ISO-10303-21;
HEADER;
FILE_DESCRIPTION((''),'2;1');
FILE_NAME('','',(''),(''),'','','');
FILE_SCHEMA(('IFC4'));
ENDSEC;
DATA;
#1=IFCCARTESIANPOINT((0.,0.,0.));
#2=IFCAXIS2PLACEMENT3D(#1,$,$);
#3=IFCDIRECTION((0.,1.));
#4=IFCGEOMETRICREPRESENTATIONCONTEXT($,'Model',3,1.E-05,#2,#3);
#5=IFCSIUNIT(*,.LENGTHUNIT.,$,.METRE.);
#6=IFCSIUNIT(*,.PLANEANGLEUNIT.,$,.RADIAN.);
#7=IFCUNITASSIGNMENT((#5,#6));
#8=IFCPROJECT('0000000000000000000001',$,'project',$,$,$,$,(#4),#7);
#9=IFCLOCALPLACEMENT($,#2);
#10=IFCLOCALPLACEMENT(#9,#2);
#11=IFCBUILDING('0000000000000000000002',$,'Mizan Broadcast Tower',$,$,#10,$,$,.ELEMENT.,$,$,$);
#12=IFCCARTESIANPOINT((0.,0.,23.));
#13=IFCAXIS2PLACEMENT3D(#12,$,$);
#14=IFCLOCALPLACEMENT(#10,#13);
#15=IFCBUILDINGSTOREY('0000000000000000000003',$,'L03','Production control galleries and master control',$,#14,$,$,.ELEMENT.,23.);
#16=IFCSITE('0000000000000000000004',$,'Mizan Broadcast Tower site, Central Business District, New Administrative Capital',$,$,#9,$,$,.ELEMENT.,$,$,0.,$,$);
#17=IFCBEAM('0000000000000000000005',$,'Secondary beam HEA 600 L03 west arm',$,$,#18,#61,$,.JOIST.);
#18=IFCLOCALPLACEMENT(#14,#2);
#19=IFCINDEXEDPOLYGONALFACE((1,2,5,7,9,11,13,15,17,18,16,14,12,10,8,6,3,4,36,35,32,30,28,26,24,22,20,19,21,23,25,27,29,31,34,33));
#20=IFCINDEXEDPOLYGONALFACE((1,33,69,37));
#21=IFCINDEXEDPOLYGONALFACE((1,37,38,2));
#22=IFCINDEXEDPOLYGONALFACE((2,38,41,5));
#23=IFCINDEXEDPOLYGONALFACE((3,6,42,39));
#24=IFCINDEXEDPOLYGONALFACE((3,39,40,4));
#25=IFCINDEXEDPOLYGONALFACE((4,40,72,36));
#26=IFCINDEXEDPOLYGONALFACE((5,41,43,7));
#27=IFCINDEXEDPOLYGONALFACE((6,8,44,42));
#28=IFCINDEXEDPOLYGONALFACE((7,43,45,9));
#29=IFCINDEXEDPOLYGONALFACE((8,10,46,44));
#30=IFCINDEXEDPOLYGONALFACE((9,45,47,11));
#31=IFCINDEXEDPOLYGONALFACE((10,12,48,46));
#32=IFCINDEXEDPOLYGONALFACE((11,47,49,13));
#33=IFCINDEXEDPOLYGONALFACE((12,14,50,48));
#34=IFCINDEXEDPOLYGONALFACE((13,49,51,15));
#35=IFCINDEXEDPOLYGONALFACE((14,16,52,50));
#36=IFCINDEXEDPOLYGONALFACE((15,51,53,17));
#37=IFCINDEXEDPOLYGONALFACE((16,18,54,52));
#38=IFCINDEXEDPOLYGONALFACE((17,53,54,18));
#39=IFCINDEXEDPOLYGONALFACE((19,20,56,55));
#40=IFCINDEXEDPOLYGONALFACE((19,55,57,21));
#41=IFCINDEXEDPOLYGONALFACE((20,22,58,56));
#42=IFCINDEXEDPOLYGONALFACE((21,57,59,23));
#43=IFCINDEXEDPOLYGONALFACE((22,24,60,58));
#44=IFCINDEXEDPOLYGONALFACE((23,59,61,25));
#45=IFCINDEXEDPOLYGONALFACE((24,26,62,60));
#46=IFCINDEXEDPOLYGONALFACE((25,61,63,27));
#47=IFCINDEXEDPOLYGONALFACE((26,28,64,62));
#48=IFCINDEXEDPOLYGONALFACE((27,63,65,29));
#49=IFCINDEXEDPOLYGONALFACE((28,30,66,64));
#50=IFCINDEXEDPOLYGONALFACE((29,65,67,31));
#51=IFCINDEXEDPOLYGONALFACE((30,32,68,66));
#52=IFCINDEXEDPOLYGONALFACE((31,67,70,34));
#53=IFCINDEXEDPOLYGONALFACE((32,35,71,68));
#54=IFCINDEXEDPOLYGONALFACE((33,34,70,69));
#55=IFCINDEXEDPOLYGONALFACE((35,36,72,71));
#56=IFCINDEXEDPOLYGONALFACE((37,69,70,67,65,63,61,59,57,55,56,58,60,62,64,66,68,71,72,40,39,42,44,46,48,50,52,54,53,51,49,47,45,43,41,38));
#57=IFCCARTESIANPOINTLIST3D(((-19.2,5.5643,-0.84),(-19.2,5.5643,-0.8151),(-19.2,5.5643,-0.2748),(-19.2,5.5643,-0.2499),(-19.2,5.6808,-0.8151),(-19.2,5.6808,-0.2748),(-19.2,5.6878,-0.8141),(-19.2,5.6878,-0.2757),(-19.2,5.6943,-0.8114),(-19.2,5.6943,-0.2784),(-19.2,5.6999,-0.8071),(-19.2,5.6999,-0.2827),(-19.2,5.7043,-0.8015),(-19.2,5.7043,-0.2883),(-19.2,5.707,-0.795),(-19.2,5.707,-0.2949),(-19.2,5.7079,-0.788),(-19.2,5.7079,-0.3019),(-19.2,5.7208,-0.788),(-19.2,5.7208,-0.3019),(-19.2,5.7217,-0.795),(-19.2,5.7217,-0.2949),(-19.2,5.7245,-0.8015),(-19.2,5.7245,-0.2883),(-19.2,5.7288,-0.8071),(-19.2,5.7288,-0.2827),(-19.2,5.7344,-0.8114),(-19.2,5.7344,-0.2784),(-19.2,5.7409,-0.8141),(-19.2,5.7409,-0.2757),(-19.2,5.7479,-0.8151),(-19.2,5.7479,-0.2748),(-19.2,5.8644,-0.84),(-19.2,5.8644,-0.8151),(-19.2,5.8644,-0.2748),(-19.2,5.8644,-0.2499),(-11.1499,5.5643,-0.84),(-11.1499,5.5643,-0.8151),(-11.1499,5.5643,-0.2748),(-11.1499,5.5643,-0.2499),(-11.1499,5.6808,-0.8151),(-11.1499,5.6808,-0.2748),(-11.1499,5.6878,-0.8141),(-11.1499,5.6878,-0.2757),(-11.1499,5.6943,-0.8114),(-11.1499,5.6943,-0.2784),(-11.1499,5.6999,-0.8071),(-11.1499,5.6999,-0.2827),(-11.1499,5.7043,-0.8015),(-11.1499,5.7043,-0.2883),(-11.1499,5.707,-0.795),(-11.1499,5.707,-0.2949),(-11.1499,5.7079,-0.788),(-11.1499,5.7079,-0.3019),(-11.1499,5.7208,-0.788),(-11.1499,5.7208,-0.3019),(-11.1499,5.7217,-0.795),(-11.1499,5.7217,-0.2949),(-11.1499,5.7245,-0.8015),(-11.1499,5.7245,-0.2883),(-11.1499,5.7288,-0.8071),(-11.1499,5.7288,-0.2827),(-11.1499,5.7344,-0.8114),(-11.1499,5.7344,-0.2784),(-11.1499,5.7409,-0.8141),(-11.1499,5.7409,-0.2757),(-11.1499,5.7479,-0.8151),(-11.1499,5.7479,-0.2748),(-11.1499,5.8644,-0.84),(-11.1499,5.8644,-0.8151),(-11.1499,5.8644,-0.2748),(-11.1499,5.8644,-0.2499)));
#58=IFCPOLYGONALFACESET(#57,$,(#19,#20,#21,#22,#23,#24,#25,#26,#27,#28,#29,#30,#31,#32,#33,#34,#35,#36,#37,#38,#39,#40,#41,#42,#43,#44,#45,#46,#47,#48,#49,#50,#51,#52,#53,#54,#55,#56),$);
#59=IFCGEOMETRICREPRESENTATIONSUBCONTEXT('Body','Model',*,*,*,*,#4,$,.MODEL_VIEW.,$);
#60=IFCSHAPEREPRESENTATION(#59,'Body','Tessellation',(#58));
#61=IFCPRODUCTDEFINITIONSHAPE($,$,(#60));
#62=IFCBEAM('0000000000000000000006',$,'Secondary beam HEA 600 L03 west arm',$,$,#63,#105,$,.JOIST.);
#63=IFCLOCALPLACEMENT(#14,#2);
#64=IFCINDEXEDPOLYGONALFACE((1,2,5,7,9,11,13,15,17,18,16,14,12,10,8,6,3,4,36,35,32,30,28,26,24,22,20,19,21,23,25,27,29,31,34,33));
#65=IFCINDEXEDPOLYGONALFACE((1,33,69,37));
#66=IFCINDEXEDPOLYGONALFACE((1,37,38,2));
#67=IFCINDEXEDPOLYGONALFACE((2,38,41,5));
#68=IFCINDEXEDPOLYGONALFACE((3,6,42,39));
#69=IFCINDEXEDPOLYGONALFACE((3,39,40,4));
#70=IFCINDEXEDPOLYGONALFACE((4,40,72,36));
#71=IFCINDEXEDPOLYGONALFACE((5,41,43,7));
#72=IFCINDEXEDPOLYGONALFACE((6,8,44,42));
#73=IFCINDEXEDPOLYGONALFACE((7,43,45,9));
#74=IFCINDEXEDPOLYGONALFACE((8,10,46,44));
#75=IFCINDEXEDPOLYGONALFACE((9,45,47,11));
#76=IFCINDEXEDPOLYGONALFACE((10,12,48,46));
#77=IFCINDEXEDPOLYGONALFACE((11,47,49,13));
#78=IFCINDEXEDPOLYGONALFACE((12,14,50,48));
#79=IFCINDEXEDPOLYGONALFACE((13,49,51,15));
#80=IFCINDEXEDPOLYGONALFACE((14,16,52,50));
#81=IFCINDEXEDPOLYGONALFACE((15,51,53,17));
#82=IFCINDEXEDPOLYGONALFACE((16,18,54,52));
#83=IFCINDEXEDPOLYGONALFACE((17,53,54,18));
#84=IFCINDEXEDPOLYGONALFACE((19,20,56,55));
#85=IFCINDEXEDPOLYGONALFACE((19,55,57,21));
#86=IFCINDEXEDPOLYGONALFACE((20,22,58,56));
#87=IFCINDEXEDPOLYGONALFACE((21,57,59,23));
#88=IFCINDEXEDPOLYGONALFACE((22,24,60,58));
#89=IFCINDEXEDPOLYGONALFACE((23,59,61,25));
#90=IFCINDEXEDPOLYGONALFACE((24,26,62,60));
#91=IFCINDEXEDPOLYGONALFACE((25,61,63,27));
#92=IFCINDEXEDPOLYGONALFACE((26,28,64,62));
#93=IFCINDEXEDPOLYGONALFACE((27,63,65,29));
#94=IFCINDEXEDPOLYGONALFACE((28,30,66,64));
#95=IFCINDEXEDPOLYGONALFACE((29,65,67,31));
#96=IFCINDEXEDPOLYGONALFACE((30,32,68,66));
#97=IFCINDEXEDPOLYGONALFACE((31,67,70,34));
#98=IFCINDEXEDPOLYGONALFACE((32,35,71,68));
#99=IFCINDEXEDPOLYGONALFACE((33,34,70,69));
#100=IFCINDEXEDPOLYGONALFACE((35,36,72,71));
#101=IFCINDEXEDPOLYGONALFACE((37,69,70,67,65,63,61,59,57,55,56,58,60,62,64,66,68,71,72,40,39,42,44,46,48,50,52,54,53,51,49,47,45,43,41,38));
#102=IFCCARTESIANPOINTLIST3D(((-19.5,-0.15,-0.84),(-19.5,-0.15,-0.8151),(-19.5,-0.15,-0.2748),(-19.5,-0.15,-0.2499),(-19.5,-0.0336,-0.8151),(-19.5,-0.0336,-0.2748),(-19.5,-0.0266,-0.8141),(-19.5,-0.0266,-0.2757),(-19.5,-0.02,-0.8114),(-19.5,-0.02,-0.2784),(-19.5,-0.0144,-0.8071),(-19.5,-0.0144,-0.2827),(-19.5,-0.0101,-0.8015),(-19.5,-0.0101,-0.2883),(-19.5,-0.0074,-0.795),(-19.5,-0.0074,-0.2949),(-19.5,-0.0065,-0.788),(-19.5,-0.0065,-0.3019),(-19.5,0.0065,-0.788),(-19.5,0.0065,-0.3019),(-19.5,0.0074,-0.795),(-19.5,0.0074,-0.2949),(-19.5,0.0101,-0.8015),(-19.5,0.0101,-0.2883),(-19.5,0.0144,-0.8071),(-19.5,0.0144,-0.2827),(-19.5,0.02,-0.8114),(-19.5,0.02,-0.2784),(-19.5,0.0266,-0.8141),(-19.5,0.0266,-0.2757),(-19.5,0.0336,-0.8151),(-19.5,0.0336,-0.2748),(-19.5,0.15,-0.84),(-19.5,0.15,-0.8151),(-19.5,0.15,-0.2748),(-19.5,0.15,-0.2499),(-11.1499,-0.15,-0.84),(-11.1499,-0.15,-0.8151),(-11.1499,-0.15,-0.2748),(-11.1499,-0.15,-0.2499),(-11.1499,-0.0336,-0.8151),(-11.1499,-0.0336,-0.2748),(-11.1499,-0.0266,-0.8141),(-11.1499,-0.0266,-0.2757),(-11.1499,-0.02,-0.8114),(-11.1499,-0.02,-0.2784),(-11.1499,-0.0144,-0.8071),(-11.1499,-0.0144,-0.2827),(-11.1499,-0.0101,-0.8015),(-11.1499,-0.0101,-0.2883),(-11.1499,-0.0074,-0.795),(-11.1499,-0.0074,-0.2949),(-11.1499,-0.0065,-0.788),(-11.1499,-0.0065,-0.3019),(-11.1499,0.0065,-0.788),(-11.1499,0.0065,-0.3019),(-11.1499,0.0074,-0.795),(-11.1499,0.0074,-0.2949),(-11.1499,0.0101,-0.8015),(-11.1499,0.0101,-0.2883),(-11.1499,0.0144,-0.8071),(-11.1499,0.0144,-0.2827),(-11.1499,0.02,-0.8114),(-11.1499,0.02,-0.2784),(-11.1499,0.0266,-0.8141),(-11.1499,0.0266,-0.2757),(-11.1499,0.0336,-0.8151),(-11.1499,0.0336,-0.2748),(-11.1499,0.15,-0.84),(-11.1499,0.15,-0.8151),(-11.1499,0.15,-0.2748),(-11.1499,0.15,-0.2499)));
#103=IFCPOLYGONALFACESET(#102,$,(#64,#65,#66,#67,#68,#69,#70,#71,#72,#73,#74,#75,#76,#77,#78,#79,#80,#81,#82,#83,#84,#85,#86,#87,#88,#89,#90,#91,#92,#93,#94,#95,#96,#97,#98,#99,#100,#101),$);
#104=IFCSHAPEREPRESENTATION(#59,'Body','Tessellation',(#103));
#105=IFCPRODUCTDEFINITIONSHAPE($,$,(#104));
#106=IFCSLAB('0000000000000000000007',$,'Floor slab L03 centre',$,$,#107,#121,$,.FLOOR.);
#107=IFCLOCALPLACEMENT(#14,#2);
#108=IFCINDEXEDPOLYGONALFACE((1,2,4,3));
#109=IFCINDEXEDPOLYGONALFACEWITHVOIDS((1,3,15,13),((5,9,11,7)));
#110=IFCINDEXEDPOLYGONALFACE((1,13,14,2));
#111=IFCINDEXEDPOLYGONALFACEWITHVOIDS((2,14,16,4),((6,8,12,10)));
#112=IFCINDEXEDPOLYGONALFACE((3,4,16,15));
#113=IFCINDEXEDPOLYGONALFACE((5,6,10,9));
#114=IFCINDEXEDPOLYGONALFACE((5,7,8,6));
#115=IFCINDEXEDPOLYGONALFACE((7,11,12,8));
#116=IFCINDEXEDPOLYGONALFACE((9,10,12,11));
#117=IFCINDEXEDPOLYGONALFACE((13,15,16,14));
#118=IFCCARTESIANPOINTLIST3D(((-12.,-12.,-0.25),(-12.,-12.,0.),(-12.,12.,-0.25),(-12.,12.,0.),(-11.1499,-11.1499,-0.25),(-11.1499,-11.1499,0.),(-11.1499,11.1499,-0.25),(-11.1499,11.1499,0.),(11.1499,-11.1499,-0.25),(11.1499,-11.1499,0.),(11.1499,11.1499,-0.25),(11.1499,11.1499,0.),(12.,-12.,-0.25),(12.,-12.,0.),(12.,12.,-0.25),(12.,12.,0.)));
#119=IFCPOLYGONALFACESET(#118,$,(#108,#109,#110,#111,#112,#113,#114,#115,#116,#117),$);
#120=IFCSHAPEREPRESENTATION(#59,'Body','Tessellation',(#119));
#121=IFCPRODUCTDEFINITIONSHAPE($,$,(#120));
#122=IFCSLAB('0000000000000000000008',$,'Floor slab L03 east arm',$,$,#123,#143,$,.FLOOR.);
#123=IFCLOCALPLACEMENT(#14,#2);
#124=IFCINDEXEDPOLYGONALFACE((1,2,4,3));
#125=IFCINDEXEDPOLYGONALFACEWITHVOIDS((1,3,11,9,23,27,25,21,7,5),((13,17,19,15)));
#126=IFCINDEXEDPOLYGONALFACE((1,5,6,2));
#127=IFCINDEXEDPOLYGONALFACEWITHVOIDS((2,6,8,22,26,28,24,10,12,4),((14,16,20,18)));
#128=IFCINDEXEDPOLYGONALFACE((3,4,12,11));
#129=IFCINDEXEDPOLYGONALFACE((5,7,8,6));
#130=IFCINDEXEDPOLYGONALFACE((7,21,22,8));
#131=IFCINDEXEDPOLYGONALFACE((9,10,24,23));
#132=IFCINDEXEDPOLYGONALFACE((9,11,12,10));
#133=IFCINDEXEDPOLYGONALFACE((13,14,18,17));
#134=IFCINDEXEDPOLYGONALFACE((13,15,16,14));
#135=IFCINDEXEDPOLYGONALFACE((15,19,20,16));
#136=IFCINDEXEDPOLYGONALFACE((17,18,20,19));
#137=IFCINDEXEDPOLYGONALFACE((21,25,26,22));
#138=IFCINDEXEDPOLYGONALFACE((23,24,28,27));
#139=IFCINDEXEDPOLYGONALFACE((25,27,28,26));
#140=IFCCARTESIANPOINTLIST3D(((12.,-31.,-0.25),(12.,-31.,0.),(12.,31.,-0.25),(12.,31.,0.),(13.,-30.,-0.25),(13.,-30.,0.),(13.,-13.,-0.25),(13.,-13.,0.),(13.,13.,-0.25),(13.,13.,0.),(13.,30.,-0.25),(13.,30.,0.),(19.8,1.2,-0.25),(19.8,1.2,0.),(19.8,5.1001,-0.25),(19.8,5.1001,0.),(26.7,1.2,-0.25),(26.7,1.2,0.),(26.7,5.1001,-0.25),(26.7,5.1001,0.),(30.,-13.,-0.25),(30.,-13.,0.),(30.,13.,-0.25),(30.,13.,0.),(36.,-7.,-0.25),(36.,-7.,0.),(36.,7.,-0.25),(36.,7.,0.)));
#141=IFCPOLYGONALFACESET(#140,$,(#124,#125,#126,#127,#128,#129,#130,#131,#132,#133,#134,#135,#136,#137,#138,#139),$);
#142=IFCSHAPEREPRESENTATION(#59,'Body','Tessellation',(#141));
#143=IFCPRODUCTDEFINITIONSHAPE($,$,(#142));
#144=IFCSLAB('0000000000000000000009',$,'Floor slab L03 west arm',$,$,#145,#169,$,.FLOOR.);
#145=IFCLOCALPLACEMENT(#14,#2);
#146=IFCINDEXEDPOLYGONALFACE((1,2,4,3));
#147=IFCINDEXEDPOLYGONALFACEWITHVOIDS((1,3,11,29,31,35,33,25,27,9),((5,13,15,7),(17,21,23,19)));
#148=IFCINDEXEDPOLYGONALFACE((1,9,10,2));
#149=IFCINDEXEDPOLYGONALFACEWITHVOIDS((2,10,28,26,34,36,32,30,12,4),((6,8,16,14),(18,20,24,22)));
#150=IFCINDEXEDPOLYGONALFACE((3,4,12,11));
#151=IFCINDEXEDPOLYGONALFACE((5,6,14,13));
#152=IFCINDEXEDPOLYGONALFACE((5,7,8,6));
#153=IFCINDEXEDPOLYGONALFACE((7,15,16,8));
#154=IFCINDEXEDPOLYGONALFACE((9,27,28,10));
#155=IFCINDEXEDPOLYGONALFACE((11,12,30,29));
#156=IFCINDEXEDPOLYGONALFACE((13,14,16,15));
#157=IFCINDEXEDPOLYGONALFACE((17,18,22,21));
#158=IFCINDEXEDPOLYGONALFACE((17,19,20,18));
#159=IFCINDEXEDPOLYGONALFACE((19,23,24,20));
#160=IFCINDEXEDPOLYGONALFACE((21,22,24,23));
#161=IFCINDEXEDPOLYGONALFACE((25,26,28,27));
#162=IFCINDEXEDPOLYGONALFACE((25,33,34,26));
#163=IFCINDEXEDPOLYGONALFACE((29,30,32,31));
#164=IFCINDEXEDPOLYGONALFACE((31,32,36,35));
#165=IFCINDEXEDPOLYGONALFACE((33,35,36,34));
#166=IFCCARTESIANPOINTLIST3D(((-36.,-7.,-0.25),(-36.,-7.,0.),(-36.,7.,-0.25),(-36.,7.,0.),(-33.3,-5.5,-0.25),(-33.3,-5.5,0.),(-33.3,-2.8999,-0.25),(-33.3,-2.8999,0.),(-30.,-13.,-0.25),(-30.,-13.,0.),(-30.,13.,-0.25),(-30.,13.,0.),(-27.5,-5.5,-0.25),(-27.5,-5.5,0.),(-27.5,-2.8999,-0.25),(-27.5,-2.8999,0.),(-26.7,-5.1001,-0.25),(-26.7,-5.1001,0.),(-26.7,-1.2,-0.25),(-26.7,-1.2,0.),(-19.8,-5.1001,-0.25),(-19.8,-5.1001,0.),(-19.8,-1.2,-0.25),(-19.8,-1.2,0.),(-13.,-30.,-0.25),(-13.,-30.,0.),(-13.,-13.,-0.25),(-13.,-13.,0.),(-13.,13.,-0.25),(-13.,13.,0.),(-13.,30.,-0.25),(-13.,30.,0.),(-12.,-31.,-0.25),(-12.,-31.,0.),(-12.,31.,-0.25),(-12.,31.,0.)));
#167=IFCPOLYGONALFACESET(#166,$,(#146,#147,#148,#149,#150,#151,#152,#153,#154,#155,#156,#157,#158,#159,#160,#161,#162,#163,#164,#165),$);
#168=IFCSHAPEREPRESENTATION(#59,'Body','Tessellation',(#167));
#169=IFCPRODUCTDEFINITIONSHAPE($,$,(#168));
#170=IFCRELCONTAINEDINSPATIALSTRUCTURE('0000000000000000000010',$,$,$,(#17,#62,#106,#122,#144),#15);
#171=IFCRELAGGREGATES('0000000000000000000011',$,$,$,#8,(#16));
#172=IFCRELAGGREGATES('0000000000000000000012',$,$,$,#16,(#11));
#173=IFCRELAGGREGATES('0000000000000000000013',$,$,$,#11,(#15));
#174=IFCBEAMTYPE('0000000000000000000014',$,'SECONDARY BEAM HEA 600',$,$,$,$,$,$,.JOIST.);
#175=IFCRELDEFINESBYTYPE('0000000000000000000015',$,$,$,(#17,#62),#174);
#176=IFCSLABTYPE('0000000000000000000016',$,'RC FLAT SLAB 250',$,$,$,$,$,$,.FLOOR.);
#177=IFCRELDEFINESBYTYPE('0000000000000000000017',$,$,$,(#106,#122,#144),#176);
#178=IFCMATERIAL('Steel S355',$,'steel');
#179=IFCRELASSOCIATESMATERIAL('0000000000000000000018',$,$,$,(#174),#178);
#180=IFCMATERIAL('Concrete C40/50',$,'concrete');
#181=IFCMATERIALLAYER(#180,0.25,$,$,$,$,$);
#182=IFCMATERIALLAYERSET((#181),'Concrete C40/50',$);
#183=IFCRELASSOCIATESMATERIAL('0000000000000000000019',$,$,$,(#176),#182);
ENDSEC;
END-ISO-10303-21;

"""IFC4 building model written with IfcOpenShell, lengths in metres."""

from ifc_helpers import new_model, si_unit, direction, frame, origin, origin_2d, place, context, subcontext, project, spatial, polyline, i_section, outline, extrude, material, layer, layer_set, material_profile, profile_set, type_object, element, save


model = new_model("IFC4")

# Units and contexts
model_context = context("Model", 3, precision=1e-05, world=origin(), true_north=direction((0.0, 1.0)))
body_context = subcontext(model_context, "Body", "Model", "MODEL_VIEW")
ifc_project = project(units=[si_unit("LENGTHUNIT", "METRE"), si_unit("PLANEANGLEUNIT", "RADIAN")], contexts=[model_context])

# Site, building, storey
site_placement = place(None, origin())
site = spatial("IfcSite", under=ifc_project, at=site_placement, Name="Mizan Broadcast Tower site, Central Business District, New Administrative Capital", CompositionType="ELEMENT", RefElevation=0.0)
building_placement = place(site_placement, origin())
building = spatial("IfcBuilding", under=site, at=building_placement, Name="Mizan Broadcast Tower", CompositionType="ELEMENT")
storey_placement = place(building_placement, frame((0.0, 0.0, 23.0)))
storey = spatial("IfcBuildingStorey", under=building, at=storey_placement, Name="L03", Description="Production control galleries and master control", CompositionType="ELEMENT", Elevation=23.0)

# Beams
ifc_material_1 = material(Name="Steel S355", Category="steel")
ifc_material_profile_1 = material_profile(ifc_material_1, i_section(OverallWidth=0.3, OverallDepth=0.5901, WebThickness=0.0129, FlangeThickness=0.0249, FilletRadius=0.0271, at=origin_2d()), Name="HEA 600")
ifc_profile_set_1 = profile_set([ifc_material_profile_1], Name="Steel S355")
beam_type_1 = type_object("IfcBeamType", Name="SECONDARY BEAM HEA 600", PredefinedType="JOIST", material=ifc_profile_set_1)
for number, where, z_axis, x_axis, name in (
    (1, (-11.1499, 5.7144, -0.5449), (-1.0, 0.0, 0.0), (0.0, -1.0, 0.0), "Secondary beam HEA 600 L03 west arm"),
):
    element("IfcBeam", number, at=place(storey_placement, frame(where, z_axis=z_axis, x_axis=x_axis)), inside=storey, type_object=beam_type_1, Name=name, PredefinedType="JOIST", context=body_context, shape_type="SweptSolid", body=[
        extrude(i_section(OverallWidth=0.3, OverallDepth=0.5901, WebThickness=0.0129, FlangeThickness=0.0249, FilletRadius=0.0271, at=origin_2d()), origin(), (0.0, 0.0, 1.0), 8.05),
    ])
beam_1_placement = place(storey_placement, frame((-11.1499, 0.0, -0.5449), z_axis=(-1.0, 0.0, 0.0), x_axis=(0.0, -1.0, 0.0)))
element("IfcBeam", 2, at=beam_1_placement, inside=storey, type_object=beam_type_1, Name="Secondary beam HEA 600 L03 west arm", PredefinedType="JOIST", context=body_context, shape_type="SweptSolid", body=[
    extrude(i_section(OverallWidth=0.3, OverallDepth=0.5901, WebThickness=0.0129, FlangeThickness=0.0249, FilletRadius=0.0271, at=origin_2d()), origin(), (0.0, 0.0, 1.0), 8.3501),
])

# Slabs
ifc_material_2 = material(Name="Concrete C40/50", Category="concrete")
ifc_layer_1 = layer(ifc_material_2, 0.25)
ifc_layer_set_1 = layer_set([ifc_layer_1], Name="Concrete C40/50")
slab_type = type_object("IfcSlabType", Name="RC FLAT SLAB 250", PredefinedType="FLOOR", material=ifc_layer_set_1)
slab_1_placement = place(storey_placement, frame((0.0, 0.0, -0.25)))
element("IfcSlab", 3, at=slab_1_placement, inside=storey, type_object=slab_type, Name="Floor slab L03 centre", PredefinedType="FLOOR", context=body_context, shape_type="SweptSolid", body=[
    extrude(outline(polyline([(-12.0, -12.0), (12.0, -12.0), (12.0, 12.0), (-12.0, 12.0), (-12.0, -12.0)]), holes=[polyline([(11.1499, 11.1499), (11.1499, -11.1499), (-11.1499, -11.1499), (-11.1499, 11.1499), (11.1499, 11.1499)])]), origin(), (0.0, 0.0, 1.0), 0.25),
])
slab_2_placement = place(storey_placement, frame((0.0, 0.0, -0.25)))
element("IfcSlab", 4, at=slab_2_placement, inside=storey, type_object=slab_type, Name="Floor slab L03 east arm", PredefinedType="FLOOR", context=body_context, shape_type="SweptSolid", body=[
    extrude(outline(polyline([(13.0, 30.0), (12.0, 31.0), (12.0, -31.0), (13.0, -30.0), (13.0, -13.0), (30.0, -13.0), (36.0, -7.0), (36.0, 7.0), (30.0, 13.0), (13.0, 13.0), (13.0, 30.0)]), holes=[polyline([(19.8, 1.2), (19.8, 5.1001), (26.7, 5.1001), (26.7, 1.2), (19.8, 1.2)])]), origin(), (0.0, 0.0, 1.0), 0.25),
])
slab_3_placement = place(storey_placement, frame((0.0, 0.0, -0.25)))
element("IfcSlab", 5, at=slab_3_placement, inside=storey, type_object=slab_type, Name="Floor slab L03 west arm", PredefinedType="FLOOR", context=body_context, shape_type="SweptSolid", body=[
    extrude(outline(polyline([(-13.0, -13.0), (-13.0, -30.0), (-12.0, -31.0), (-12.0, 31.0), (-13.0, 30.0), (-13.0, 13.0), (-30.0, 13.0), (-36.0, 7.0), (-36.0, -7.0), (-30.0, -13.0), (-13.0, -13.0)]), holes=[polyline([(-19.8, -5.1001), (-26.7, -5.1001), (-26.7, -1.2), (-19.8, -1.2), (-19.8, -5.1001)]), polyline([(-33.3, -5.5), (-33.3, -2.8999), (-27.5, -2.8999), (-27.5, -5.5), (-33.3, -5.5)])]), origin(), (0.0, 0.0, 1.0), 0.25),
])

save(model, "model.ifc")
